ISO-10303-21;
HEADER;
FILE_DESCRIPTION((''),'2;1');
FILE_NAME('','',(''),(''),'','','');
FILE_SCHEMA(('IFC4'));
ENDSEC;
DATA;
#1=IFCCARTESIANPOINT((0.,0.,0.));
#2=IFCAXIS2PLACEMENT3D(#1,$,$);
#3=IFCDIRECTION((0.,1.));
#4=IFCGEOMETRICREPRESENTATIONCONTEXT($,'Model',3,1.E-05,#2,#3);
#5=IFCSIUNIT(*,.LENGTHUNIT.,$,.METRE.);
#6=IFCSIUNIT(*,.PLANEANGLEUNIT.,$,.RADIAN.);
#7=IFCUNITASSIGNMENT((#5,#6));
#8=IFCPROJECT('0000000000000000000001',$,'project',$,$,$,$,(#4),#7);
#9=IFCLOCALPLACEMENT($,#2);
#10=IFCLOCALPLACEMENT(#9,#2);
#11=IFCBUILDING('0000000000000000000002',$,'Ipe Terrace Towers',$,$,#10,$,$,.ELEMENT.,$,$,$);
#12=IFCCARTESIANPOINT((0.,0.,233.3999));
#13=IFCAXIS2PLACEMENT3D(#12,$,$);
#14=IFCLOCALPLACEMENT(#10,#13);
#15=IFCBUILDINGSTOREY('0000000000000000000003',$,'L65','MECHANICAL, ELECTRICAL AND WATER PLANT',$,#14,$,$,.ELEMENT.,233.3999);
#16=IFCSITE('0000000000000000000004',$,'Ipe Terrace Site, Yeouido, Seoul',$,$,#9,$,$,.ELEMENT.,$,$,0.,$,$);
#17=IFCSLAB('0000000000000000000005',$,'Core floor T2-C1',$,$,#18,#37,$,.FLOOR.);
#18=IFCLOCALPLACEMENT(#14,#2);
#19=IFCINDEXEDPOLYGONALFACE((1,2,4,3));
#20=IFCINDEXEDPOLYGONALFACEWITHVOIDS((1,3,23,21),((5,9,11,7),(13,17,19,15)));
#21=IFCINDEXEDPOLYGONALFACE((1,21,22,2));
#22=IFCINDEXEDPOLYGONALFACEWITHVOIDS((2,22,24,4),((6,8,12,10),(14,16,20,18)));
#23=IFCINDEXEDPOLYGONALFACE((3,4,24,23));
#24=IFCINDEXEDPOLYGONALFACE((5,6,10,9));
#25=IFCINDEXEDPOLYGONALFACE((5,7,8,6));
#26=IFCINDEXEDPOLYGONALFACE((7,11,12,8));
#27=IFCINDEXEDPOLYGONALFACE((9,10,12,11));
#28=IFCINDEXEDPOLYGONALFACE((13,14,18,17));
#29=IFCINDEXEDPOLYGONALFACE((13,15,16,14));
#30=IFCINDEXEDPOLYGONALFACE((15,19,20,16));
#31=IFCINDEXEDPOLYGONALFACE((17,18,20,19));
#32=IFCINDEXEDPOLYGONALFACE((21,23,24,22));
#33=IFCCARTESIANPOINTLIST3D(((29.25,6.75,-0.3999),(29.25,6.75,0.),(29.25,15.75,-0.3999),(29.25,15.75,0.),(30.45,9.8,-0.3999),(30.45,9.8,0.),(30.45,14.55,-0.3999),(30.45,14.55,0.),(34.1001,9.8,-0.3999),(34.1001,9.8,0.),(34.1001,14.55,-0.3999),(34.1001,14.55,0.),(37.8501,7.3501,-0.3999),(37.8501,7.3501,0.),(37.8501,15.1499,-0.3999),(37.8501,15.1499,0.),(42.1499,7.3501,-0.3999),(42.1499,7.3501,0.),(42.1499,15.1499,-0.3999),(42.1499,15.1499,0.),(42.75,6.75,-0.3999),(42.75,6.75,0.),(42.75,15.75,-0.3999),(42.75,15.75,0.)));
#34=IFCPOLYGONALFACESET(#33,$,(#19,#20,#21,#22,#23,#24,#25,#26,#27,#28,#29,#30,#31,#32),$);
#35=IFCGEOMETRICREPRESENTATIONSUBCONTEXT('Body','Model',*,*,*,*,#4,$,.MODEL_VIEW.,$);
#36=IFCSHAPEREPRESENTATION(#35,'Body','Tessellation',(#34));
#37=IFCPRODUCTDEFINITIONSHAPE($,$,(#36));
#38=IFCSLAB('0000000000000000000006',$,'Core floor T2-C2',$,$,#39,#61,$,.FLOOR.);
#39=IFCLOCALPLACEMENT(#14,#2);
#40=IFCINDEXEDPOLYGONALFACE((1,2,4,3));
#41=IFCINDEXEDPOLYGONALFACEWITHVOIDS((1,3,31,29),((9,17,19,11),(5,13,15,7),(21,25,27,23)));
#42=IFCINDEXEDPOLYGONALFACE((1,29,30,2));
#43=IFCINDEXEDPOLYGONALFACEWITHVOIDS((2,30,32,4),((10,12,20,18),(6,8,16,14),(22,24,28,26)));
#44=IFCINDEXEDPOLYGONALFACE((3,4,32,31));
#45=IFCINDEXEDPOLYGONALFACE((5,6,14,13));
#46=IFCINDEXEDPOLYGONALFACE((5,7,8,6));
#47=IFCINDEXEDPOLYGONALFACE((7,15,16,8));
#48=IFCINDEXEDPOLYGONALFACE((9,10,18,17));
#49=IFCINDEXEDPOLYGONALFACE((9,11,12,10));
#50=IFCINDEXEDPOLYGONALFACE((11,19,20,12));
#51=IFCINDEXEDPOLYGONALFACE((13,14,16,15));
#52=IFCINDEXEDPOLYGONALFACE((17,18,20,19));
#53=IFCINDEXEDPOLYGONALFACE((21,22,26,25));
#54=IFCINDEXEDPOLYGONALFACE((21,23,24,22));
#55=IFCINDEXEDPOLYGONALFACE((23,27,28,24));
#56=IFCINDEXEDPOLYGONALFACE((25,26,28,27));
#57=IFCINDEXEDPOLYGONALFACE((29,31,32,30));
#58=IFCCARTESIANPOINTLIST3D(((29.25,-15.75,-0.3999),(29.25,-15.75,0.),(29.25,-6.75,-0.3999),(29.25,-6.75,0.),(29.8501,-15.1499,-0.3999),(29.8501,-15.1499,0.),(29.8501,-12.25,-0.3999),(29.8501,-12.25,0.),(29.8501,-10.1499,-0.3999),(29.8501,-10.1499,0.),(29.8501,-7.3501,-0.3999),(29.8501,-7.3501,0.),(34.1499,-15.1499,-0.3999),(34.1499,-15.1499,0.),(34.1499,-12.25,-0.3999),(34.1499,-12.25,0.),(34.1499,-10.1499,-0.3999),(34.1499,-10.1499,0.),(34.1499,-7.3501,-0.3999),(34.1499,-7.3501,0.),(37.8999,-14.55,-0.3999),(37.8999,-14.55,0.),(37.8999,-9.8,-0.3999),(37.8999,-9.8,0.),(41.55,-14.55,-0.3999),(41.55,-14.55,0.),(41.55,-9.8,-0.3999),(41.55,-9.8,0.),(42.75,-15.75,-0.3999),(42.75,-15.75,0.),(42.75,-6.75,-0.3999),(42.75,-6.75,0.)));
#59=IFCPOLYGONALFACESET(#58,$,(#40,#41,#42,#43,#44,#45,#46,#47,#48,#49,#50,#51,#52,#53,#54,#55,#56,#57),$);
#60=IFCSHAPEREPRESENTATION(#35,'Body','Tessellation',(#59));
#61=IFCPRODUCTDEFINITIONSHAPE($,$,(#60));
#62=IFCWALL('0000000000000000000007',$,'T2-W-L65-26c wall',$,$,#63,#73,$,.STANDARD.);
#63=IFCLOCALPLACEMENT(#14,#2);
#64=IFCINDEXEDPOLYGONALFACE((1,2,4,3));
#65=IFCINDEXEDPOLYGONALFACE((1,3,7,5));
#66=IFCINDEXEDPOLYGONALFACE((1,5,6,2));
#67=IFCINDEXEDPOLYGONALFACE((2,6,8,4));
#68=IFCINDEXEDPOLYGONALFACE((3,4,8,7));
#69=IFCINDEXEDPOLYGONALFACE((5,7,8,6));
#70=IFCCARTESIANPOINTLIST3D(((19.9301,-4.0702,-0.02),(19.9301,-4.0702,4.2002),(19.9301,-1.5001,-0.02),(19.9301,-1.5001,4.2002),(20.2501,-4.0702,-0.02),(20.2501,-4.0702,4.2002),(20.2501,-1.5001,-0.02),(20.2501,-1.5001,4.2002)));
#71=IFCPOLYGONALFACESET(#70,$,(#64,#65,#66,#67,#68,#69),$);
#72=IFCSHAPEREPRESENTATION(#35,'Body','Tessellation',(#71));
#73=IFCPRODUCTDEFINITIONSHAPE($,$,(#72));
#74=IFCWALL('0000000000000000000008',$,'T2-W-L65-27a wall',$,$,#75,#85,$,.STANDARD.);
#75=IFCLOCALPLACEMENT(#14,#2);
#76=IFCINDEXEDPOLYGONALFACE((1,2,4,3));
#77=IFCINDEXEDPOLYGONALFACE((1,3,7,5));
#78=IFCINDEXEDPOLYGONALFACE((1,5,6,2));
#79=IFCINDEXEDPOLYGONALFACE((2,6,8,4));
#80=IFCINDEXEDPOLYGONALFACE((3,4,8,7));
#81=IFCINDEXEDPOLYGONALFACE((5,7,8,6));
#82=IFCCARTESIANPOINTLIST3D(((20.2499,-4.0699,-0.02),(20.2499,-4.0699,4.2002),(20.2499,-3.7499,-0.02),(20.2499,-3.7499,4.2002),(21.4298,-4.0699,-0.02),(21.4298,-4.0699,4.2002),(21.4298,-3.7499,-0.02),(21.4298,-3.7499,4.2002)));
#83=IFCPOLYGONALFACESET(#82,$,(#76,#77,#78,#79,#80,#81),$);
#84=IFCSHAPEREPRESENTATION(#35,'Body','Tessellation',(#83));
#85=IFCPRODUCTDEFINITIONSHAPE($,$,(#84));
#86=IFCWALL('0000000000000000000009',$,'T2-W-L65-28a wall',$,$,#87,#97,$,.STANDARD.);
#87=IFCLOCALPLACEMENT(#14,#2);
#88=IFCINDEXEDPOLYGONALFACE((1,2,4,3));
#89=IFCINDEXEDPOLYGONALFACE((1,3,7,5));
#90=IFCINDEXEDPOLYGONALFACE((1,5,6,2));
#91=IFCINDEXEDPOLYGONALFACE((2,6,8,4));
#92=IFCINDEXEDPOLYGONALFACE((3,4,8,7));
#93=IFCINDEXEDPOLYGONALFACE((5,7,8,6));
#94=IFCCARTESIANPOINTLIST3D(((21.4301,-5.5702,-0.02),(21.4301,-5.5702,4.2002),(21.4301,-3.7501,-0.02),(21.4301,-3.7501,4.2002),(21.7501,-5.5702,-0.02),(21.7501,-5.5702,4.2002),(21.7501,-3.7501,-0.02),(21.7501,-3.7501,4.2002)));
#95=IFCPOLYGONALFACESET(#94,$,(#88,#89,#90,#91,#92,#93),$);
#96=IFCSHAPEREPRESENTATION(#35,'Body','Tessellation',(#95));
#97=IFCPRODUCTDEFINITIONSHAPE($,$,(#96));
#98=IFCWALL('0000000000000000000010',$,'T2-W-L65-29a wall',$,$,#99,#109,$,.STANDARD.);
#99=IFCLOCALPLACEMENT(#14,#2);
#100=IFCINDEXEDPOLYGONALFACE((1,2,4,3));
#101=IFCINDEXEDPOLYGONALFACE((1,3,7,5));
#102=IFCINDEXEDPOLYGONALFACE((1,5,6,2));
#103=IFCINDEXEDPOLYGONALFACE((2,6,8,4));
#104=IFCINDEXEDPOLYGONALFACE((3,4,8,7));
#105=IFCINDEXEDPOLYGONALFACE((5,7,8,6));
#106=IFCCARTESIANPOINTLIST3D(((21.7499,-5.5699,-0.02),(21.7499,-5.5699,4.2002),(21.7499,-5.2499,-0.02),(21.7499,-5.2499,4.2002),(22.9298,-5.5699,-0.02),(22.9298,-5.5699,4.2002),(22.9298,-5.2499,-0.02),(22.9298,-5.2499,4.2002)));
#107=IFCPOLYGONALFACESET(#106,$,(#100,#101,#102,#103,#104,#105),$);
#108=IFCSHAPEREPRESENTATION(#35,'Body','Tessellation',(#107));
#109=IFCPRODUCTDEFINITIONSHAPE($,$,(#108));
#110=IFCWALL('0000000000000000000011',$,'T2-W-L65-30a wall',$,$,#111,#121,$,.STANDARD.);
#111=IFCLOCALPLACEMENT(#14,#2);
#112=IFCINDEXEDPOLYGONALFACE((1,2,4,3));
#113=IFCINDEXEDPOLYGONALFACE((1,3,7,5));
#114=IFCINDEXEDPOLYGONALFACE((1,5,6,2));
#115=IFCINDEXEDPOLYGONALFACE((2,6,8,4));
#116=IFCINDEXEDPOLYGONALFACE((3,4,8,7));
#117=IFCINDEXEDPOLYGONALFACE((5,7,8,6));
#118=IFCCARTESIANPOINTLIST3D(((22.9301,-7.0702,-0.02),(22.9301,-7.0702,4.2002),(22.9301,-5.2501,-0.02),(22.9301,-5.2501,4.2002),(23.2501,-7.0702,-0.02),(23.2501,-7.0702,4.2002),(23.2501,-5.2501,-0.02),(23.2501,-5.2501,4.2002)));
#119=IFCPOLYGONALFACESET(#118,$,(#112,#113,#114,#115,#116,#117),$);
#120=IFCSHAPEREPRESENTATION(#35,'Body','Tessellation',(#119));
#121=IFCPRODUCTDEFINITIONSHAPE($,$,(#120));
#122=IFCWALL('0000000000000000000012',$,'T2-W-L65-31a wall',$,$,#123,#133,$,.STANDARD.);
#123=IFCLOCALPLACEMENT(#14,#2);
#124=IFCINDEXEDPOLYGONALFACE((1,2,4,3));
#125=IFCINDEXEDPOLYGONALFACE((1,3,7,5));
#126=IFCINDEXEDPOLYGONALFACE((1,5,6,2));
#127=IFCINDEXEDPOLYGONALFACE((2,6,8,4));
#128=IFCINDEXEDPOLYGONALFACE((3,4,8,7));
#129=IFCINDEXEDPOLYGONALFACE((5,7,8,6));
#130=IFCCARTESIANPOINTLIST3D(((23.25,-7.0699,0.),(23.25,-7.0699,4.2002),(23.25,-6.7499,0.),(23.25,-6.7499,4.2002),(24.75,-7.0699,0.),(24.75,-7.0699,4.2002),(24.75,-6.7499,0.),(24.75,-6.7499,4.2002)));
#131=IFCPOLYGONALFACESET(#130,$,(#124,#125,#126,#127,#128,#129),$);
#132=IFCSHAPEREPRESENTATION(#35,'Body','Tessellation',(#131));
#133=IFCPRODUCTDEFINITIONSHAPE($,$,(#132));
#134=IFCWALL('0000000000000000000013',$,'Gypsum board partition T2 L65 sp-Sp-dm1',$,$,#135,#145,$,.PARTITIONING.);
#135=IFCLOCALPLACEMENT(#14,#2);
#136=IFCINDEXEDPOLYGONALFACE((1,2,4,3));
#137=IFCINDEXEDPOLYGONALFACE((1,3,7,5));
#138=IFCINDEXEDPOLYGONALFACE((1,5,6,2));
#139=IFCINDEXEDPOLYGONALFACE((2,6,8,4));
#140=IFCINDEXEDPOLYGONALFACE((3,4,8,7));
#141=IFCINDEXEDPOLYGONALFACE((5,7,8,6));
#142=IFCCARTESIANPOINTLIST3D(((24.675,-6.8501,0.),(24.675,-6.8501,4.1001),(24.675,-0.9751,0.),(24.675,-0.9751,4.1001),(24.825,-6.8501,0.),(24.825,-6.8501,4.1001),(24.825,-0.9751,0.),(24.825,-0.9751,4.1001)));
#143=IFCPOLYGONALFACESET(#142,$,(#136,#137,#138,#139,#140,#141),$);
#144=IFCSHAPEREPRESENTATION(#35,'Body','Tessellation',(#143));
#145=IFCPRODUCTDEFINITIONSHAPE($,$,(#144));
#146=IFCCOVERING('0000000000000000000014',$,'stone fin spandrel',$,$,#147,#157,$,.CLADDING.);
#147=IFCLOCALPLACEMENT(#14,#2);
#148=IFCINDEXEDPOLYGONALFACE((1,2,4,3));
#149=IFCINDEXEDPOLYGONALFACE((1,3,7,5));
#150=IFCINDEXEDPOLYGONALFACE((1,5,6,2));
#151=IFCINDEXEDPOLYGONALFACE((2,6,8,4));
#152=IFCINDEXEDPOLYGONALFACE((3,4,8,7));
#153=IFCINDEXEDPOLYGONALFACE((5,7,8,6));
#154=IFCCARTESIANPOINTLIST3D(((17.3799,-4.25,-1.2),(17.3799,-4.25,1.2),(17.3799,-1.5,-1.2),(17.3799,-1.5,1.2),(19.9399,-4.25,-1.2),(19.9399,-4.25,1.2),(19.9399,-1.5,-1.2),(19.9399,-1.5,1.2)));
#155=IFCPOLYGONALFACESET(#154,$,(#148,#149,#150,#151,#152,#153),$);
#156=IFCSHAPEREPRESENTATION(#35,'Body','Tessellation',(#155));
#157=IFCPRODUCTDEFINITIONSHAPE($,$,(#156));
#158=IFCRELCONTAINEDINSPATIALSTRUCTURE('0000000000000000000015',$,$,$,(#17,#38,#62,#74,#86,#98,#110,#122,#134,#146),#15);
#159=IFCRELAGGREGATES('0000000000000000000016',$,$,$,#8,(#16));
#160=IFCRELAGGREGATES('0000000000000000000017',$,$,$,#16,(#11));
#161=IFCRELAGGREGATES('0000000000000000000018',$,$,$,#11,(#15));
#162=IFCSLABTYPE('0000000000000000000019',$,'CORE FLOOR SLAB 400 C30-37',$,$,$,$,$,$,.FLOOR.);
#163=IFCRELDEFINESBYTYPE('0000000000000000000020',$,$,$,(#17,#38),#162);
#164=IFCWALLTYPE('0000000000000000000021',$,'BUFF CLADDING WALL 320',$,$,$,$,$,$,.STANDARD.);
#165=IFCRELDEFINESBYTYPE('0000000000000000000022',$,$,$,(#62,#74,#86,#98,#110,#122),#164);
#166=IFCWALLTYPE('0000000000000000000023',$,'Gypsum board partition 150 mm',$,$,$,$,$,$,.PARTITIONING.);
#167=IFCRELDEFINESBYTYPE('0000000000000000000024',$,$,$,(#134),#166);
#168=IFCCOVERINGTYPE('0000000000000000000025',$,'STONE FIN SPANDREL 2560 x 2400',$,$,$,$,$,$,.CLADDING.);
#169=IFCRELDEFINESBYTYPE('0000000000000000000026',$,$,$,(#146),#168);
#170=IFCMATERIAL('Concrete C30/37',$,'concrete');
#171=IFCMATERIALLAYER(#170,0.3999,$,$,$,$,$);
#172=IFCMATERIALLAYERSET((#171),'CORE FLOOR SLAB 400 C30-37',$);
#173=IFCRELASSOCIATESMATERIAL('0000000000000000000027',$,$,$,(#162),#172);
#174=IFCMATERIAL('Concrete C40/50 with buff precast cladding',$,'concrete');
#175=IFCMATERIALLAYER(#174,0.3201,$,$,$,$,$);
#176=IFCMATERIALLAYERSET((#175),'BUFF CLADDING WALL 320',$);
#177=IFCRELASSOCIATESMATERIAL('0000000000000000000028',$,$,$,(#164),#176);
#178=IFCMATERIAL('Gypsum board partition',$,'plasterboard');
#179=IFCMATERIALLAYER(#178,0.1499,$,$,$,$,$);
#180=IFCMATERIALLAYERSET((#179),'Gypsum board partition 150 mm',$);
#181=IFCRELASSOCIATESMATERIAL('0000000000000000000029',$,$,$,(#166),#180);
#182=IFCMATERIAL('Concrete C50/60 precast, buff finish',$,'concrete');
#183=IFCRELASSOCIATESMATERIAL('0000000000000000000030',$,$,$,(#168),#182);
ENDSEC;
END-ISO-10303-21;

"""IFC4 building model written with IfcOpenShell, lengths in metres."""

from ifc_helpers import new_model, si_unit, direction, frame, frame_2d, origin, origin_2d, place, context, subcontext, project, spatial, polyline, rectangle, outline, extrude, material, layer, layer_set, material_profile, profile_set, type_object, element, save


model = new_model("IFC4")

# Units and contexts
model_context = context("Model", 3, precision=1e-05, world=origin(), true_north=direction((0.0, 1.0)))
body_context = subcontext(model_context, "Body", "Model", "MODEL_VIEW")
ifc_project = project(units=[si_unit("LENGTHUNIT", "METRE"), si_unit("PLANEANGLEUNIT", "RADIAN")], contexts=[model_context])

# Site, building, storey
site_placement = place(None, origin())
site = spatial("IfcSite", under=ifc_project, at=site_placement, Name="Ipe Terrace Site, Yeouido, Seoul", CompositionType="ELEMENT", RefElevation=0.0)
building_placement = place(site_placement, origin())
building = spatial("IfcBuilding", under=site, at=building_placement, Name="Ipe Terrace Towers", CompositionType="ELEMENT")
storey_placement = place(building_placement, frame((0.0, 0.0, 233.3999)))
storey = spatial("IfcBuildingStorey", under=building, at=storey_placement, Name="L65", Description="MECHANICAL, ELECTRICAL AND WATER PLANT", CompositionType="ELEMENT", Elevation=233.3999)

# Slabs
ifc_material_1 = material(Name="Concrete C30/37", Category="concrete")
ifc_layer_1 = layer(ifc_material_1, 0.3999)
ifc_layer_set_1 = layer_set([ifc_layer_1], Name="CORE FLOOR SLAB 400 C30-37")
slab_type = type_object("IfcSlabType", Name="CORE FLOOR SLAB 400 C30-37", PredefinedType="FLOOR", material=ifc_layer_set_1)
slab_1_placement = place(storey_placement, frame((0.0, 0.0, -0.3999)))
element("IfcSlab", 1, at=slab_1_placement, inside=storey, type_object=slab_type, Name="Core floor T2-C1", PredefinedType="FLOOR", context=body_context, shape_type="SweptSolid", body=[
    extrude(outline(polyline([(29.25, 6.75), (29.25, 15.75), (42.75, 15.75), (42.75, 6.75), (29.25, 6.75)]), holes=[polyline([(42.1499, 7.3501), (42.1499, 15.1499), (37.8501, 15.1499), (37.8501, 7.3501), (42.1499, 7.3501)]), polyline([(30.45, 9.8), (34.1001, 9.8), (34.1001, 14.55), (30.45, 14.55), (30.45, 9.8)])]), origin(), (0.0, 0.0, 1.0), 0.3999),
])
slab_2_placement = place(storey_placement, frame((0.0, 0.0, -0.3999)))
element("IfcSlab", 2, at=slab_2_placement, inside=storey, type_object=slab_type, Name="Core floor T2-C2", PredefinedType="FLOOR", context=body_context, shape_type="SweptSolid", body=[
    extrude(outline(polyline([(29.25, -15.75), (29.25, -6.75), (42.75, -6.75), (42.75, -15.75), (29.25, -15.75)]), holes=[polyline([(29.8501, -12.25), (29.8501, -15.1499), (34.1499, -15.1499), (34.1499, -12.25), (29.8501, -12.25)]), polyline([(41.55, -9.8), (37.8999, -9.8), (37.8999, -14.55), (41.55, -14.55), (41.55, -9.8)]), polyline([(34.1499, -7.3501), (29.8501, -7.3501), (29.8501, -10.1499), (34.1499, -10.1499), (34.1499, -7.3501)])]), origin(), (0.0, 0.0, 1.0), 0.3999),
])

# Walls
ifc_material_2 = material(Name="Concrete C40/50 with buff precast cladding", Category="concrete")
ifc_layer_2 = layer(ifc_material_2, 0.3201)
ifc_layer_set_2 = layer_set([ifc_layer_2], Name="BUFF CLADDING WALL 320")
wall_type_1 = type_object("IfcWallType", Name="BUFF CLADDING WALL 320", PredefinedType="STANDARD", material=ifc_layer_set_2)
wall_1_placement = place(storey_placement, frame((20.0901, -1.5, -0.02), z_axis=(0.0, 0.0, 1.0), x_axis=(0.0, -1.0, 0.0)))
element("IfcWall", 3, at=wall_1_placement, inside=storey, type_object=wall_type_1, Name="T2-W-L65-26c wall", PredefinedType="STANDARD", context=body_context, shape_type="SweptSolid", body=[
    extrude(rectangle(XDim=2.5701, YDim=0.3201, at=frame_2d((1.2852, 0.0))), origin(), (0.0, 0.0, 1.0), 4.2202),
])
wall_2_placement = place(storey_placement, frame((20.25, -3.9099, -0.02), z_axis=(0.0, 0.0, 1.0), x_axis=(1.0, 0.0, 0.0)))
element("IfcWall", 4, at=wall_2_placement, inside=storey, type_object=wall_type_1, Name="T2-W-L65-27a wall", PredefinedType="STANDARD", context=body_context, shape_type="SweptSolid", body=[
    extrude(rectangle(XDim=1.1799, YDim=0.3201, at=frame_2d((0.5898, 0.0))), origin(), (0.0, 0.0, 1.0), 4.2202),
])
wall_3_placement = place(storey_placement, frame((21.5901, -3.75, -0.02), z_axis=(0.0, 0.0, 1.0), x_axis=(0.0, -1.0, 0.0)))
element("IfcWall", 5, at=wall_3_placement, inside=storey, type_object=wall_type_1, Name="T2-W-L65-28a wall", PredefinedType="STANDARD", context=body_context, shape_type="SweptSolid", body=[
    extrude(rectangle(XDim=1.8201, YDim=0.3201, at=frame_2d((0.9102, 0.0))), origin(), (0.0, 0.0, 1.0), 4.2202),
])
wall_4_placement = place(storey_placement, frame((21.75, -5.4099, -0.02), z_axis=(0.0, 0.0, 1.0), x_axis=(1.0, 0.0, 0.0)))
element("IfcWall", 6, at=wall_4_placement, inside=storey, type_object=wall_type_1, Name="T2-W-L65-29a wall", PredefinedType="STANDARD", context=body_context, shape_type="SweptSolid", body=[
    extrude(rectangle(XDim=1.1799, YDim=0.3201, at=frame_2d((0.5898, 0.0))), origin(), (0.0, 0.0, 1.0), 4.2202),
])
wall_5_placement = place(storey_placement, frame((23.0901, -5.25, -0.02), z_axis=(0.0, 0.0, 1.0), x_axis=(0.0, -1.0, 0.0)))
element("IfcWall", 7, at=wall_5_placement, inside=storey, type_object=wall_type_1, Name="T2-W-L65-30a wall", PredefinedType="STANDARD", context=body_context, shape_type="SweptSolid", body=[
    extrude(rectangle(XDim=1.8201, YDim=0.3201, at=frame_2d((0.9102, 0.0))), origin(), (0.0, 0.0, 1.0), 4.2202),
])
wall_6_placement = place(storey_placement, frame((23.25, -6.9099, 0.0), z_axis=(0.0, 0.0, 1.0), x_axis=(1.0, 0.0, 0.0)))
element("IfcWall", 8, at=wall_6_placement, inside=storey, type_object=wall_type_1, Name="T2-W-L65-31a wall", PredefinedType="STANDARD", context=body_context, shape_type="SweptSolid", body=[
    extrude(rectangle(XDim=1.5, YDim=0.3201, at=frame_2d((0.75, 0.0))), origin(), (0.0, 0.0, 1.0), 4.2002),
])
ifc_material_3 = material(Name="Gypsum board partition", Category="plasterboard")
ifc_layer_3 = layer(ifc_material_3, 0.1499)
ifc_layer_set_3 = layer_set([ifc_layer_3], Name="Gypsum board partition 150 mm")
wall_type_2 = type_object("IfcWallType", Name="Gypsum board partition 150 mm", PredefinedType="PARTITIONING", material=ifc_layer_set_3)
wall_7_placement = place(storey_placement, frame((24.75, -0.9751, 0.0), z_axis=(0.0, 0.0, 1.0), x_axis=(0.0, -1.0, 0.0)))
element("IfcWall", 9, at=wall_7_placement, inside=storey, type_object=wall_type_2, Name="Gypsum board partition T2 L65 sp-Sp-dm1", PredefinedType="PARTITIONING", context=body_context, shape_type="SweptSolid", body=[
    extrude(rectangle(XDim=5.875, YDim=0.1499, at=frame_2d((2.9375, 0.0))), origin(), (0.0, 0.0, 1.0), 4.1001),
])

# Covering
ifc_material_4 = material(Name="Concrete C50/60 precast, buff finish", Category="concrete")
ifc_material_profile_1 = material_profile(ifc_material_4, rectangle(XDim=2.5601, YDim=2.3999, at=origin_2d()), Name="STONE FIN SPANDREL 2560 x 2400")
ifc_profile_set_1 = profile_set([ifc_material_profile_1], Name="Concrete C50/60 precast, buff finish")
covering_type = type_object("IfcCoveringType", Name="STONE FIN SPANDREL 2560 x 2400", PredefinedType="CLADDING", material=ifc_profile_set_1)
covering_placement = place(storey_placement, frame((18.6599, -1.5, 0.0), z_axis=(0.0, -1.0, 0.0), x_axis=(-1.0, 0.0, 0.0)))
element("IfcCovering", 10, at=covering_placement, inside=storey, type_object=covering_type, Name="stone fin spandrel", PredefinedType="CLADDING", context=body_context, shape_type="SweptSolid", body=[
    extrude(rectangle(XDim=2.5601, YDim=2.3999, at=origin_2d()), origin(), (0.0, 0.0, 1.0), 2.75),
])

save(model, "model.ifc")
